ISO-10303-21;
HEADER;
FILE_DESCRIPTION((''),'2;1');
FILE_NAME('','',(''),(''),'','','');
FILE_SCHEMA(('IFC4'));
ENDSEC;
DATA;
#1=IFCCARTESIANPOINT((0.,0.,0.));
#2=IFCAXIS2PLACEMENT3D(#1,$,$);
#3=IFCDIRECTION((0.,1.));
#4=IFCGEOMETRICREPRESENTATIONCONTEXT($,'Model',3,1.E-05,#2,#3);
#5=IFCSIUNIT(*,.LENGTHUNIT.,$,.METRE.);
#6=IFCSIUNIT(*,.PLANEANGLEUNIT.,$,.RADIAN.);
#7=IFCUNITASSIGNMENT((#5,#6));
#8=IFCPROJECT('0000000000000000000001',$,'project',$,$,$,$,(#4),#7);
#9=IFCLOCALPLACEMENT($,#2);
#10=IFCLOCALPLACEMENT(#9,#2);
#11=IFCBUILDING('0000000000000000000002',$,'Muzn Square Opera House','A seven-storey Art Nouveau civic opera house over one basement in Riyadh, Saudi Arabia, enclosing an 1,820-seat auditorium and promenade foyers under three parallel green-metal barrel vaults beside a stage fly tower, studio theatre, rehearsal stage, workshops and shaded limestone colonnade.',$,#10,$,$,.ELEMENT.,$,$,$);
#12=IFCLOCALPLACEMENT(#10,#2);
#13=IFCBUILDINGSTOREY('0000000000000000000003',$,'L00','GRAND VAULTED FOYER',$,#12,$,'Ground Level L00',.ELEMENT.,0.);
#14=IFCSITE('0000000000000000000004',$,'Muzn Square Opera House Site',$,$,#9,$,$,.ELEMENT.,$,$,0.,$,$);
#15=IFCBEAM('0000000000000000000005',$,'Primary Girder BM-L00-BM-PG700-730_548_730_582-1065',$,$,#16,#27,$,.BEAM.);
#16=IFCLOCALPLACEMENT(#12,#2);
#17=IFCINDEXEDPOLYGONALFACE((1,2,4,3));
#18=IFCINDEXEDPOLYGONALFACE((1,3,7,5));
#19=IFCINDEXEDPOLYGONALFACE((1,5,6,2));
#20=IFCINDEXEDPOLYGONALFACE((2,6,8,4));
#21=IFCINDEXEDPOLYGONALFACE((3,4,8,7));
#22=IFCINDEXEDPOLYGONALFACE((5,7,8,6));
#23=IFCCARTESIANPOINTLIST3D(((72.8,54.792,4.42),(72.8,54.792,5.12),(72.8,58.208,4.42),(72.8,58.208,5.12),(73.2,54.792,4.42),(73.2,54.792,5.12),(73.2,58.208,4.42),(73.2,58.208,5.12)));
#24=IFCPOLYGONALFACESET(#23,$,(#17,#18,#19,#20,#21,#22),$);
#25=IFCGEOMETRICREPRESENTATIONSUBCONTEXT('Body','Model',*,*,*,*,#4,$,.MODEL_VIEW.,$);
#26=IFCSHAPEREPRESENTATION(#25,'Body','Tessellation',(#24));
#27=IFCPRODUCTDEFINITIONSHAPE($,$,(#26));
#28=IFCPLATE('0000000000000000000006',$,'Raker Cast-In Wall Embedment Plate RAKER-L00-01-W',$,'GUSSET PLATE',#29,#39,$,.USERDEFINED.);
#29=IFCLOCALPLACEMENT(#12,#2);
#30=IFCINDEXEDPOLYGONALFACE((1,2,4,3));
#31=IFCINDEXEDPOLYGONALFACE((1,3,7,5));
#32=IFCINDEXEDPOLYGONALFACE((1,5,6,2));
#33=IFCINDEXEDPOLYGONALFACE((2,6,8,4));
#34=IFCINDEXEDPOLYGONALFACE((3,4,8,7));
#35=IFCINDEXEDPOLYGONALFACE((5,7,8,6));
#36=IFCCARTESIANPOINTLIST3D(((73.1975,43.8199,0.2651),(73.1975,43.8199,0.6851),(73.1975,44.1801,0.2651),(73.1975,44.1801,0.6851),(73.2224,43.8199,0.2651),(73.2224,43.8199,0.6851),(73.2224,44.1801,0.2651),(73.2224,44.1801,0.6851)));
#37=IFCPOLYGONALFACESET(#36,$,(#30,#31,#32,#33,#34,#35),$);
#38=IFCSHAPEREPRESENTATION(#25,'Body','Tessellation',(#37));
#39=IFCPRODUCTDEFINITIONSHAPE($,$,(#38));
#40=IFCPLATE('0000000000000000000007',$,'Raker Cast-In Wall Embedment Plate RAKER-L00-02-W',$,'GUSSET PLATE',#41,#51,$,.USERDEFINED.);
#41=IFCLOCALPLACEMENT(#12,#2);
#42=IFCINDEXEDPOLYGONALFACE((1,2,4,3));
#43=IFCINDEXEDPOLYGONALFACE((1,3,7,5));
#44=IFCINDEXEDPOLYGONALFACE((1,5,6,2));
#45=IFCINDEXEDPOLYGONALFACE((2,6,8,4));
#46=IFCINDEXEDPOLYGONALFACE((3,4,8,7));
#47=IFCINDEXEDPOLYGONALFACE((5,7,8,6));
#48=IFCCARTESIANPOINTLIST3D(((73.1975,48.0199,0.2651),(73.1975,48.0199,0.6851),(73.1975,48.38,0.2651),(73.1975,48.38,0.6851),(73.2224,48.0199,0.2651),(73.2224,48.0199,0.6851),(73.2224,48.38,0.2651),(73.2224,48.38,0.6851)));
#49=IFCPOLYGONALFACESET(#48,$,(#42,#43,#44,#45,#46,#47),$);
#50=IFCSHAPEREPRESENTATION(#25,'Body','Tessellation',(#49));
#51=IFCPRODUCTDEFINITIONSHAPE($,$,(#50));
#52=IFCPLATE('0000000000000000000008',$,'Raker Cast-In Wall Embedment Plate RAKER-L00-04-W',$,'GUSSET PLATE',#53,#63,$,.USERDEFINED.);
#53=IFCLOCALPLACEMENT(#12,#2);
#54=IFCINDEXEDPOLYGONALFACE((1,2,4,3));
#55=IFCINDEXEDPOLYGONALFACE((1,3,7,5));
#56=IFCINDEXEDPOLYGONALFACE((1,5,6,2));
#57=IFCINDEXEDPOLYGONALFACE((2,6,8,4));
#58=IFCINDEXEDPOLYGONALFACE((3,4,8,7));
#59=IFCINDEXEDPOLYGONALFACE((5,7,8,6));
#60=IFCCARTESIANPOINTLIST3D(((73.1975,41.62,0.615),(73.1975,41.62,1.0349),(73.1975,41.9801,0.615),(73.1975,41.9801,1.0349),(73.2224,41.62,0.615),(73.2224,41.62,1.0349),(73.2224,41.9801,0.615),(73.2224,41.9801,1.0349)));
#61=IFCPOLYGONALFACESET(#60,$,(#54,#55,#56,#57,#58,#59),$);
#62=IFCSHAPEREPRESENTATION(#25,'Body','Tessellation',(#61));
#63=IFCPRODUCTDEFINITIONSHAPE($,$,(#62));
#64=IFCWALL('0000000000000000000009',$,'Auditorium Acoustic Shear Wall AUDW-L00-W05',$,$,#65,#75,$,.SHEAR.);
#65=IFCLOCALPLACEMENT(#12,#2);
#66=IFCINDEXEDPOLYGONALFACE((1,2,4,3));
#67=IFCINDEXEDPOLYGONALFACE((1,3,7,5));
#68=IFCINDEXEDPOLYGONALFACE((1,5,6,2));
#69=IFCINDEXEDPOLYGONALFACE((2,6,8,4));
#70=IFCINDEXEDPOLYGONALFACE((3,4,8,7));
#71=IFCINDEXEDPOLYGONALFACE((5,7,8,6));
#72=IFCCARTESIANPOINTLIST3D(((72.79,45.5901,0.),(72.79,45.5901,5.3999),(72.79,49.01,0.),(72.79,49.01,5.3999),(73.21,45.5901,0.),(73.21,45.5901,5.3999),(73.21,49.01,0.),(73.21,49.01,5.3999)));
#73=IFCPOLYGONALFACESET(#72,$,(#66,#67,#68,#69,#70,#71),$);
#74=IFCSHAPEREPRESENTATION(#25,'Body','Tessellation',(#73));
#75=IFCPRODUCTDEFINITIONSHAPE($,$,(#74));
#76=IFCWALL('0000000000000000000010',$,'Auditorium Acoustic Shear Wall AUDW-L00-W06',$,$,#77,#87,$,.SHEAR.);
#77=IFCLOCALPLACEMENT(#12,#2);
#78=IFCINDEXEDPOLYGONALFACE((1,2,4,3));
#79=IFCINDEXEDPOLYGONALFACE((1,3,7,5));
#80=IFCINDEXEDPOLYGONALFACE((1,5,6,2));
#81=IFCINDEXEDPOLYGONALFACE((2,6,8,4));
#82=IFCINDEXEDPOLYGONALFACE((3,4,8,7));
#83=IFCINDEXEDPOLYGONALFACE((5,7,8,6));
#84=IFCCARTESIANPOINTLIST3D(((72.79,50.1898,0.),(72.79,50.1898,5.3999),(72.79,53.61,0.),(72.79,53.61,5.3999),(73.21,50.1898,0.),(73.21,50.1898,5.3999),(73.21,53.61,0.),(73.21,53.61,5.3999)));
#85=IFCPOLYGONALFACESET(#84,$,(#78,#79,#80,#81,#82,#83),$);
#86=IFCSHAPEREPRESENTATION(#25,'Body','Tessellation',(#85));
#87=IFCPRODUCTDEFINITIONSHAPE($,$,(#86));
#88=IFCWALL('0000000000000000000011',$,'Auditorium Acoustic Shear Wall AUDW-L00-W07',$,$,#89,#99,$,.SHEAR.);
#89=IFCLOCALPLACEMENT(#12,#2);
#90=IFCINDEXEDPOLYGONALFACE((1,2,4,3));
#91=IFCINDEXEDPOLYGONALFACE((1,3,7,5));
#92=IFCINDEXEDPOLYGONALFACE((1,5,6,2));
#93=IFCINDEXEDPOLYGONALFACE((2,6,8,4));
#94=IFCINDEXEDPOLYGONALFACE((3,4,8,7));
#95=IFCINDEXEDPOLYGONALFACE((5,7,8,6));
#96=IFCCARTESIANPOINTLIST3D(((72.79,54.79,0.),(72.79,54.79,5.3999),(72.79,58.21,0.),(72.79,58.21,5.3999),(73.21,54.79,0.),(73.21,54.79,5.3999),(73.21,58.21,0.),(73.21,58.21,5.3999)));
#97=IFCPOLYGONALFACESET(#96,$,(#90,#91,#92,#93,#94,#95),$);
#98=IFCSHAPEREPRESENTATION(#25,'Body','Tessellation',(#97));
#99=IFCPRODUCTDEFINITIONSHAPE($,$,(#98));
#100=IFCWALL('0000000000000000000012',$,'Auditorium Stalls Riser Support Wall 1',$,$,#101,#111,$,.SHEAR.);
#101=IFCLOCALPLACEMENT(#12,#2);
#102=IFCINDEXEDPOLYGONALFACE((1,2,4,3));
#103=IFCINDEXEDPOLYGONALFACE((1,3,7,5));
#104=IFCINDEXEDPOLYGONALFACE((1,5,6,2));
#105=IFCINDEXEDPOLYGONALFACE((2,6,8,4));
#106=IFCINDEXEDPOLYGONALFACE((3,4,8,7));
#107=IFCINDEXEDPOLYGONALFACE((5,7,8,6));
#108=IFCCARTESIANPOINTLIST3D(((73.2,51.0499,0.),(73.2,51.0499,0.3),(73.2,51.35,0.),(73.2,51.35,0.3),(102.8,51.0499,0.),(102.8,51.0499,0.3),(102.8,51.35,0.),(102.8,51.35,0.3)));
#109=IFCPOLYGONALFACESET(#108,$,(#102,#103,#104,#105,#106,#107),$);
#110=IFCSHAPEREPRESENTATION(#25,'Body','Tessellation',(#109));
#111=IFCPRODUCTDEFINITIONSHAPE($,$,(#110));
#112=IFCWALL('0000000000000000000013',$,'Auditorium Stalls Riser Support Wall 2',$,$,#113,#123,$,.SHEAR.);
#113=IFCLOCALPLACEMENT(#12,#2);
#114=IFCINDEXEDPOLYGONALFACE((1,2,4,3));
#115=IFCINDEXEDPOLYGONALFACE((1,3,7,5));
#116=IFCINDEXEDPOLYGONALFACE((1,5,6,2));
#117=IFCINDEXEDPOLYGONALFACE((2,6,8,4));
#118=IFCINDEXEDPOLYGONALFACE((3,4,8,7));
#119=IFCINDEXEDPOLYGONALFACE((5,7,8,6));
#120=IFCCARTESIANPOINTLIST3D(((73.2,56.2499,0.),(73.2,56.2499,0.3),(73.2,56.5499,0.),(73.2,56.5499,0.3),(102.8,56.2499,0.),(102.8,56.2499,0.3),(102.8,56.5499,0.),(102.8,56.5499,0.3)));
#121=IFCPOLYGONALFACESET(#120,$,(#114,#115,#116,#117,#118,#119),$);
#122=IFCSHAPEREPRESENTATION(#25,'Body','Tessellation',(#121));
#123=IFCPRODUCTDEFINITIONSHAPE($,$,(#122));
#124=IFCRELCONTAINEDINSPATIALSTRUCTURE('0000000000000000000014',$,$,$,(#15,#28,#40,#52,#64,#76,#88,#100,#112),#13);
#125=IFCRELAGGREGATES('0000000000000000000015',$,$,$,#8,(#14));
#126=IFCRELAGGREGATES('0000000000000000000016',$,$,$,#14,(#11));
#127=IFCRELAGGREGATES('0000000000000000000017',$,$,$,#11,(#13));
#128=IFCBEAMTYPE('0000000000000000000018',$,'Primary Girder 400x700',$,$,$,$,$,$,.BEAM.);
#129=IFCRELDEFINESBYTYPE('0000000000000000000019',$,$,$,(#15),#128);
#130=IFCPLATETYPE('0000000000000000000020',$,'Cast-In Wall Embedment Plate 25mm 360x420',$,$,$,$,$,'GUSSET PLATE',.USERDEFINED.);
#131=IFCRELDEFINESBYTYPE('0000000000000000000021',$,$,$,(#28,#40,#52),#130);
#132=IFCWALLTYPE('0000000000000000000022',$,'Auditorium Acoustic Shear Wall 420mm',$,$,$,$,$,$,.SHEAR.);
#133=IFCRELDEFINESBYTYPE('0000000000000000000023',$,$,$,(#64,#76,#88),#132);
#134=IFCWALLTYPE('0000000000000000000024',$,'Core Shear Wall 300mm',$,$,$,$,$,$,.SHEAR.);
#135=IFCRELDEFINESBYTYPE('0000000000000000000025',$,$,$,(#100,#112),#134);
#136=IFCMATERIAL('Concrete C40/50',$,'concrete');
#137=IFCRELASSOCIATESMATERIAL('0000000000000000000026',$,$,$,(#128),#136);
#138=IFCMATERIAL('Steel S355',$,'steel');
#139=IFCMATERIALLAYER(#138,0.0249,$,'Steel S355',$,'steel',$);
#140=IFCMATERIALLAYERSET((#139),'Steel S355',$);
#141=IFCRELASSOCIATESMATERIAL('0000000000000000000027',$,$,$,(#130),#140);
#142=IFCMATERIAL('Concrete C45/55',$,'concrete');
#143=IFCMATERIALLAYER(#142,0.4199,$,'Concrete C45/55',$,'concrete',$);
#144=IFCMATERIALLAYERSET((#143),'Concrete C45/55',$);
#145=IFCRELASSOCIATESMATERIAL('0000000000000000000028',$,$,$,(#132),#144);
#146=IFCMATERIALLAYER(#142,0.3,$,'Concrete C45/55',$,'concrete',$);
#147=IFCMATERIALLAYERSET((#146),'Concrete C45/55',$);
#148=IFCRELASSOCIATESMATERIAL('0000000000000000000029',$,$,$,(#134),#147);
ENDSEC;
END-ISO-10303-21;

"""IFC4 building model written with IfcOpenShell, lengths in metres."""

from ifc_helpers import new_model, si_unit, direction, frame, frame_2d, origin, origin_2d, place, context, subcontext, project, spatial, rectangle, extrude, material, layer, layer_set, material_profile, profile_set, type_object, element, save


model = new_model("IFC4")

# Units and contexts
model_context = context("Model", 3, precision=1e-05, world=origin(), true_north=direction((0.0, 1.0)))
body_context = subcontext(model_context, "Body", "Model", "MODEL_VIEW")
ifc_project = project(units=[si_unit("LENGTHUNIT", "METRE"), si_unit("PLANEANGLEUNIT", "RADIAN")], contexts=[model_context])

# Site, building, storey
site_placement = place(None, origin())
site = spatial("IfcSite", under=ifc_project, at=site_placement, Name="Muzn Square Opera House Site", CompositionType="ELEMENT", RefElevation=0.0)
building_placement = place(site_placement, origin())
building = spatial("IfcBuilding", under=site, at=building_placement, Name="Muzn Square Opera House", Description="A seven-storey Art Nouveau civic opera house over one basement in Riyadh, Saudi Arabia, enclosing an 1,820-seat auditorium and promenade foyers under three parallel green-metal barrel vaults beside a stage fly tower, studio theatre, rehearsal stage, workshops and shaded limestone colonnade.", CompositionType="ELEMENT")
storey_placement = place(building_placement, origin())
storey = spatial("IfcBuildingStorey", under=building, at=storey_placement, Name="L00", Description="GRAND VAULTED FOYER", LongName="Ground Level L00", CompositionType="ELEMENT", Elevation=0.0)

# Shared definitions
ifc_material_1 = material(Name="Concrete C45/55", Category="concrete")

# Beam
ifc_material_2 = material(Name="Steel S355", Category="steel")
ifc_material_3 = material(Name="Concrete C40/50", Category="concrete")
ifc_material_profile_1 = material_profile(ifc_material_3, rectangle(XDim=0.3999, YDim=0.7, at=origin_2d()), Name="RCB 400x700", Category="concrete")
ifc_profile_set_1 = profile_set([ifc_material_profile_1], Name="Concrete C40/50")
beam_type_1 = type_object("IfcBeamType", Name="Primary Girder 400x700", PredefinedType="BEAM", material=ifc_profile_set_1)
for number, where, z_axis, x_axis, name in (
    (1, (73.0, 54.792, 4.77), (0.0, 1.0, 0.0), (-1.0, 0.0, 0.0), "Primary Girder BM-L00-BM-PG700-730_548_730_582-1065"),
):
    element("IfcBeam", number, at=place(storey_placement, frame(where, z_axis=z_axis, x_axis=x_axis)), inside=storey, type_object=beam_type_1, Name=name, PredefinedType="BEAM", context=body_context, shape_type="SweptSolid", body=[
        extrude(rectangle(XDim=0.3999, YDim=0.7, at=origin_2d()), origin(), (0.0, 0.0, 1.0), 3.416),
    ])

# Plates
ifc_layer_1 = layer(ifc_material_2, 0.0249, Name="Steel S355", Category="steel")
ifc_layer_set_1 = layer_set([ifc_layer_1], Name="Steel S355")
plate_type = type_object("IfcPlateType", Name="Cast-In Wall Embedment Plate 25mm 360x420", ElementType="GUSSET PLATE", PredefinedType="USERDEFINED", material=ifc_layer_set_1)
for number, where, z_axis, x_axis, name in (
    (2, (73.21, 44.0, 0.2651), (0.0, 0.0, 1.0), (1.0, 0.0, 0.0), "Raker Cast-In Wall Embedment Plate RAKER-L00-01-W"),
    (3, (73.21, 48.2, 0.2651), (0.0, 0.0, 1.0), (1.0, 0.0, 0.0), "Raker Cast-In Wall Embedment Plate RAKER-L00-02-W"),
    (4, (73.21, 41.8, 0.615), (0.0, 0.0, 1.0), (1.0, 0.0, 0.0), "Raker Cast-In Wall Embedment Plate RAKER-L00-04-W"),
):
    element("IfcPlate", number, at=place(storey_placement, frame(where, z_axis=z_axis, x_axis=x_axis)), inside=storey, type_object=plate_type, Name=name, ObjectType="GUSSET PLATE", PredefinedType="USERDEFINED", context=body_context, shape_type="SweptSolid", body=[
        extrude(rectangle(XDim=0.0249, YDim=0.3601, at=origin_2d()), origin(), (0.0, 0.0, 1.0), 0.4199),
    ])

# Walls
ifc_layer_2 = layer(ifc_material_1, 0.4199, Name="Concrete C45/55", Category="concrete")
ifc_layer_set_2 = layer_set([ifc_layer_2], Name="Concrete C45/55")
wall_type_1 = type_object("IfcWallType", Name="Auditorium Acoustic Shear Wall 420mm", PredefinedType="SHEAR", material=ifc_layer_set_2)
wall_1_placement = place(storey_placement, frame((73.0, 45.5901, 0.0), z_axis=(0.0, 0.0, 1.0), x_axis=(0.0, 1.0, 0.0)))
element("IfcWall", 5, at=wall_1_placement, inside=storey, type_object=wall_type_1, Name="Auditorium Acoustic Shear Wall AUDW-L00-W05", PredefinedType="SHEAR", context=body_context, shape_type="SweptSolid", body=[
    extrude(rectangle(XDim=3.4199, YDim=0.4199, at=frame_2d((1.71, 0.0))), origin(), (0.0, 0.0, 1.0), 5.3999),
])
wall_2_placement = place(storey_placement, frame((73.0, 50.1899, 0.0), z_axis=(0.0, 0.0, 1.0), x_axis=(0.0, 1.0, 0.0)))
element("IfcWall", 6, at=wall_2_placement, inside=storey, type_object=wall_type_1, Name="Auditorium Acoustic Shear Wall AUDW-L00-W06", PredefinedType="SHEAR", context=body_context, shape_type="SweptSolid", body=[
    extrude(rectangle(XDim=3.4202, YDim=0.4199, at=frame_2d((1.71, 0.0))), origin(), (0.0, 0.0, 1.0), 5.3999),
])
wall_3_placement = place(storey_placement, frame((73.0, 54.79, 0.0), z_axis=(0.0, 0.0, 1.0), x_axis=(0.0, 1.0, 0.0)))
element("IfcWall", 7, at=wall_3_placement, inside=storey, type_object=wall_type_1, Name="Auditorium Acoustic Shear Wall AUDW-L00-W07", PredefinedType="SHEAR", context=body_context, shape_type="SweptSolid", body=[
    extrude(rectangle(XDim=3.4199, YDim=0.4199, at=frame_2d((1.71, 0.0))), origin(), (0.0, 0.0, 1.0), 5.3999),
])
ifc_layer_3 = layer(ifc_material_1, 0.3, Name="Concrete C45/55", Category="concrete")
ifc_layer_set_3 = layer_set([ifc_layer_3], Name="Concrete C45/55")
wall_type_2 = type_object("IfcWallType", Name="Core Shear Wall 300mm", PredefinedType="SHEAR", material=ifc_layer_set_3)
for number, where, z_axis, x_axis, name in (
    (8, (73.2, 51.2, 0.0), (0.0, 0.0, 1.0), (1.0, 0.0, 0.0), "Auditorium Stalls Riser Support Wall 1"),
    (9, (73.2, 56.3999, 0.0), (0.0, 0.0, 1.0), (1.0, 0.0, 0.0), "Auditorium Stalls Riser Support Wall 2"),
):
    element("IfcWall", number, at=place(storey_placement, frame(where, z_axis=z_axis, x_axis=x_axis)), inside=storey, type_object=wall_type_2, Name=name, PredefinedType="SHEAR", context=body_context, shape_type="SweptSolid", body=[
        extrude(rectangle(XDim=29.6001, YDim=0.3, at=frame_2d((14.8, 0.0))), origin(), (0.0, 0.0, 1.0), 0.3),
    ])

save(model, "model.ifc")
